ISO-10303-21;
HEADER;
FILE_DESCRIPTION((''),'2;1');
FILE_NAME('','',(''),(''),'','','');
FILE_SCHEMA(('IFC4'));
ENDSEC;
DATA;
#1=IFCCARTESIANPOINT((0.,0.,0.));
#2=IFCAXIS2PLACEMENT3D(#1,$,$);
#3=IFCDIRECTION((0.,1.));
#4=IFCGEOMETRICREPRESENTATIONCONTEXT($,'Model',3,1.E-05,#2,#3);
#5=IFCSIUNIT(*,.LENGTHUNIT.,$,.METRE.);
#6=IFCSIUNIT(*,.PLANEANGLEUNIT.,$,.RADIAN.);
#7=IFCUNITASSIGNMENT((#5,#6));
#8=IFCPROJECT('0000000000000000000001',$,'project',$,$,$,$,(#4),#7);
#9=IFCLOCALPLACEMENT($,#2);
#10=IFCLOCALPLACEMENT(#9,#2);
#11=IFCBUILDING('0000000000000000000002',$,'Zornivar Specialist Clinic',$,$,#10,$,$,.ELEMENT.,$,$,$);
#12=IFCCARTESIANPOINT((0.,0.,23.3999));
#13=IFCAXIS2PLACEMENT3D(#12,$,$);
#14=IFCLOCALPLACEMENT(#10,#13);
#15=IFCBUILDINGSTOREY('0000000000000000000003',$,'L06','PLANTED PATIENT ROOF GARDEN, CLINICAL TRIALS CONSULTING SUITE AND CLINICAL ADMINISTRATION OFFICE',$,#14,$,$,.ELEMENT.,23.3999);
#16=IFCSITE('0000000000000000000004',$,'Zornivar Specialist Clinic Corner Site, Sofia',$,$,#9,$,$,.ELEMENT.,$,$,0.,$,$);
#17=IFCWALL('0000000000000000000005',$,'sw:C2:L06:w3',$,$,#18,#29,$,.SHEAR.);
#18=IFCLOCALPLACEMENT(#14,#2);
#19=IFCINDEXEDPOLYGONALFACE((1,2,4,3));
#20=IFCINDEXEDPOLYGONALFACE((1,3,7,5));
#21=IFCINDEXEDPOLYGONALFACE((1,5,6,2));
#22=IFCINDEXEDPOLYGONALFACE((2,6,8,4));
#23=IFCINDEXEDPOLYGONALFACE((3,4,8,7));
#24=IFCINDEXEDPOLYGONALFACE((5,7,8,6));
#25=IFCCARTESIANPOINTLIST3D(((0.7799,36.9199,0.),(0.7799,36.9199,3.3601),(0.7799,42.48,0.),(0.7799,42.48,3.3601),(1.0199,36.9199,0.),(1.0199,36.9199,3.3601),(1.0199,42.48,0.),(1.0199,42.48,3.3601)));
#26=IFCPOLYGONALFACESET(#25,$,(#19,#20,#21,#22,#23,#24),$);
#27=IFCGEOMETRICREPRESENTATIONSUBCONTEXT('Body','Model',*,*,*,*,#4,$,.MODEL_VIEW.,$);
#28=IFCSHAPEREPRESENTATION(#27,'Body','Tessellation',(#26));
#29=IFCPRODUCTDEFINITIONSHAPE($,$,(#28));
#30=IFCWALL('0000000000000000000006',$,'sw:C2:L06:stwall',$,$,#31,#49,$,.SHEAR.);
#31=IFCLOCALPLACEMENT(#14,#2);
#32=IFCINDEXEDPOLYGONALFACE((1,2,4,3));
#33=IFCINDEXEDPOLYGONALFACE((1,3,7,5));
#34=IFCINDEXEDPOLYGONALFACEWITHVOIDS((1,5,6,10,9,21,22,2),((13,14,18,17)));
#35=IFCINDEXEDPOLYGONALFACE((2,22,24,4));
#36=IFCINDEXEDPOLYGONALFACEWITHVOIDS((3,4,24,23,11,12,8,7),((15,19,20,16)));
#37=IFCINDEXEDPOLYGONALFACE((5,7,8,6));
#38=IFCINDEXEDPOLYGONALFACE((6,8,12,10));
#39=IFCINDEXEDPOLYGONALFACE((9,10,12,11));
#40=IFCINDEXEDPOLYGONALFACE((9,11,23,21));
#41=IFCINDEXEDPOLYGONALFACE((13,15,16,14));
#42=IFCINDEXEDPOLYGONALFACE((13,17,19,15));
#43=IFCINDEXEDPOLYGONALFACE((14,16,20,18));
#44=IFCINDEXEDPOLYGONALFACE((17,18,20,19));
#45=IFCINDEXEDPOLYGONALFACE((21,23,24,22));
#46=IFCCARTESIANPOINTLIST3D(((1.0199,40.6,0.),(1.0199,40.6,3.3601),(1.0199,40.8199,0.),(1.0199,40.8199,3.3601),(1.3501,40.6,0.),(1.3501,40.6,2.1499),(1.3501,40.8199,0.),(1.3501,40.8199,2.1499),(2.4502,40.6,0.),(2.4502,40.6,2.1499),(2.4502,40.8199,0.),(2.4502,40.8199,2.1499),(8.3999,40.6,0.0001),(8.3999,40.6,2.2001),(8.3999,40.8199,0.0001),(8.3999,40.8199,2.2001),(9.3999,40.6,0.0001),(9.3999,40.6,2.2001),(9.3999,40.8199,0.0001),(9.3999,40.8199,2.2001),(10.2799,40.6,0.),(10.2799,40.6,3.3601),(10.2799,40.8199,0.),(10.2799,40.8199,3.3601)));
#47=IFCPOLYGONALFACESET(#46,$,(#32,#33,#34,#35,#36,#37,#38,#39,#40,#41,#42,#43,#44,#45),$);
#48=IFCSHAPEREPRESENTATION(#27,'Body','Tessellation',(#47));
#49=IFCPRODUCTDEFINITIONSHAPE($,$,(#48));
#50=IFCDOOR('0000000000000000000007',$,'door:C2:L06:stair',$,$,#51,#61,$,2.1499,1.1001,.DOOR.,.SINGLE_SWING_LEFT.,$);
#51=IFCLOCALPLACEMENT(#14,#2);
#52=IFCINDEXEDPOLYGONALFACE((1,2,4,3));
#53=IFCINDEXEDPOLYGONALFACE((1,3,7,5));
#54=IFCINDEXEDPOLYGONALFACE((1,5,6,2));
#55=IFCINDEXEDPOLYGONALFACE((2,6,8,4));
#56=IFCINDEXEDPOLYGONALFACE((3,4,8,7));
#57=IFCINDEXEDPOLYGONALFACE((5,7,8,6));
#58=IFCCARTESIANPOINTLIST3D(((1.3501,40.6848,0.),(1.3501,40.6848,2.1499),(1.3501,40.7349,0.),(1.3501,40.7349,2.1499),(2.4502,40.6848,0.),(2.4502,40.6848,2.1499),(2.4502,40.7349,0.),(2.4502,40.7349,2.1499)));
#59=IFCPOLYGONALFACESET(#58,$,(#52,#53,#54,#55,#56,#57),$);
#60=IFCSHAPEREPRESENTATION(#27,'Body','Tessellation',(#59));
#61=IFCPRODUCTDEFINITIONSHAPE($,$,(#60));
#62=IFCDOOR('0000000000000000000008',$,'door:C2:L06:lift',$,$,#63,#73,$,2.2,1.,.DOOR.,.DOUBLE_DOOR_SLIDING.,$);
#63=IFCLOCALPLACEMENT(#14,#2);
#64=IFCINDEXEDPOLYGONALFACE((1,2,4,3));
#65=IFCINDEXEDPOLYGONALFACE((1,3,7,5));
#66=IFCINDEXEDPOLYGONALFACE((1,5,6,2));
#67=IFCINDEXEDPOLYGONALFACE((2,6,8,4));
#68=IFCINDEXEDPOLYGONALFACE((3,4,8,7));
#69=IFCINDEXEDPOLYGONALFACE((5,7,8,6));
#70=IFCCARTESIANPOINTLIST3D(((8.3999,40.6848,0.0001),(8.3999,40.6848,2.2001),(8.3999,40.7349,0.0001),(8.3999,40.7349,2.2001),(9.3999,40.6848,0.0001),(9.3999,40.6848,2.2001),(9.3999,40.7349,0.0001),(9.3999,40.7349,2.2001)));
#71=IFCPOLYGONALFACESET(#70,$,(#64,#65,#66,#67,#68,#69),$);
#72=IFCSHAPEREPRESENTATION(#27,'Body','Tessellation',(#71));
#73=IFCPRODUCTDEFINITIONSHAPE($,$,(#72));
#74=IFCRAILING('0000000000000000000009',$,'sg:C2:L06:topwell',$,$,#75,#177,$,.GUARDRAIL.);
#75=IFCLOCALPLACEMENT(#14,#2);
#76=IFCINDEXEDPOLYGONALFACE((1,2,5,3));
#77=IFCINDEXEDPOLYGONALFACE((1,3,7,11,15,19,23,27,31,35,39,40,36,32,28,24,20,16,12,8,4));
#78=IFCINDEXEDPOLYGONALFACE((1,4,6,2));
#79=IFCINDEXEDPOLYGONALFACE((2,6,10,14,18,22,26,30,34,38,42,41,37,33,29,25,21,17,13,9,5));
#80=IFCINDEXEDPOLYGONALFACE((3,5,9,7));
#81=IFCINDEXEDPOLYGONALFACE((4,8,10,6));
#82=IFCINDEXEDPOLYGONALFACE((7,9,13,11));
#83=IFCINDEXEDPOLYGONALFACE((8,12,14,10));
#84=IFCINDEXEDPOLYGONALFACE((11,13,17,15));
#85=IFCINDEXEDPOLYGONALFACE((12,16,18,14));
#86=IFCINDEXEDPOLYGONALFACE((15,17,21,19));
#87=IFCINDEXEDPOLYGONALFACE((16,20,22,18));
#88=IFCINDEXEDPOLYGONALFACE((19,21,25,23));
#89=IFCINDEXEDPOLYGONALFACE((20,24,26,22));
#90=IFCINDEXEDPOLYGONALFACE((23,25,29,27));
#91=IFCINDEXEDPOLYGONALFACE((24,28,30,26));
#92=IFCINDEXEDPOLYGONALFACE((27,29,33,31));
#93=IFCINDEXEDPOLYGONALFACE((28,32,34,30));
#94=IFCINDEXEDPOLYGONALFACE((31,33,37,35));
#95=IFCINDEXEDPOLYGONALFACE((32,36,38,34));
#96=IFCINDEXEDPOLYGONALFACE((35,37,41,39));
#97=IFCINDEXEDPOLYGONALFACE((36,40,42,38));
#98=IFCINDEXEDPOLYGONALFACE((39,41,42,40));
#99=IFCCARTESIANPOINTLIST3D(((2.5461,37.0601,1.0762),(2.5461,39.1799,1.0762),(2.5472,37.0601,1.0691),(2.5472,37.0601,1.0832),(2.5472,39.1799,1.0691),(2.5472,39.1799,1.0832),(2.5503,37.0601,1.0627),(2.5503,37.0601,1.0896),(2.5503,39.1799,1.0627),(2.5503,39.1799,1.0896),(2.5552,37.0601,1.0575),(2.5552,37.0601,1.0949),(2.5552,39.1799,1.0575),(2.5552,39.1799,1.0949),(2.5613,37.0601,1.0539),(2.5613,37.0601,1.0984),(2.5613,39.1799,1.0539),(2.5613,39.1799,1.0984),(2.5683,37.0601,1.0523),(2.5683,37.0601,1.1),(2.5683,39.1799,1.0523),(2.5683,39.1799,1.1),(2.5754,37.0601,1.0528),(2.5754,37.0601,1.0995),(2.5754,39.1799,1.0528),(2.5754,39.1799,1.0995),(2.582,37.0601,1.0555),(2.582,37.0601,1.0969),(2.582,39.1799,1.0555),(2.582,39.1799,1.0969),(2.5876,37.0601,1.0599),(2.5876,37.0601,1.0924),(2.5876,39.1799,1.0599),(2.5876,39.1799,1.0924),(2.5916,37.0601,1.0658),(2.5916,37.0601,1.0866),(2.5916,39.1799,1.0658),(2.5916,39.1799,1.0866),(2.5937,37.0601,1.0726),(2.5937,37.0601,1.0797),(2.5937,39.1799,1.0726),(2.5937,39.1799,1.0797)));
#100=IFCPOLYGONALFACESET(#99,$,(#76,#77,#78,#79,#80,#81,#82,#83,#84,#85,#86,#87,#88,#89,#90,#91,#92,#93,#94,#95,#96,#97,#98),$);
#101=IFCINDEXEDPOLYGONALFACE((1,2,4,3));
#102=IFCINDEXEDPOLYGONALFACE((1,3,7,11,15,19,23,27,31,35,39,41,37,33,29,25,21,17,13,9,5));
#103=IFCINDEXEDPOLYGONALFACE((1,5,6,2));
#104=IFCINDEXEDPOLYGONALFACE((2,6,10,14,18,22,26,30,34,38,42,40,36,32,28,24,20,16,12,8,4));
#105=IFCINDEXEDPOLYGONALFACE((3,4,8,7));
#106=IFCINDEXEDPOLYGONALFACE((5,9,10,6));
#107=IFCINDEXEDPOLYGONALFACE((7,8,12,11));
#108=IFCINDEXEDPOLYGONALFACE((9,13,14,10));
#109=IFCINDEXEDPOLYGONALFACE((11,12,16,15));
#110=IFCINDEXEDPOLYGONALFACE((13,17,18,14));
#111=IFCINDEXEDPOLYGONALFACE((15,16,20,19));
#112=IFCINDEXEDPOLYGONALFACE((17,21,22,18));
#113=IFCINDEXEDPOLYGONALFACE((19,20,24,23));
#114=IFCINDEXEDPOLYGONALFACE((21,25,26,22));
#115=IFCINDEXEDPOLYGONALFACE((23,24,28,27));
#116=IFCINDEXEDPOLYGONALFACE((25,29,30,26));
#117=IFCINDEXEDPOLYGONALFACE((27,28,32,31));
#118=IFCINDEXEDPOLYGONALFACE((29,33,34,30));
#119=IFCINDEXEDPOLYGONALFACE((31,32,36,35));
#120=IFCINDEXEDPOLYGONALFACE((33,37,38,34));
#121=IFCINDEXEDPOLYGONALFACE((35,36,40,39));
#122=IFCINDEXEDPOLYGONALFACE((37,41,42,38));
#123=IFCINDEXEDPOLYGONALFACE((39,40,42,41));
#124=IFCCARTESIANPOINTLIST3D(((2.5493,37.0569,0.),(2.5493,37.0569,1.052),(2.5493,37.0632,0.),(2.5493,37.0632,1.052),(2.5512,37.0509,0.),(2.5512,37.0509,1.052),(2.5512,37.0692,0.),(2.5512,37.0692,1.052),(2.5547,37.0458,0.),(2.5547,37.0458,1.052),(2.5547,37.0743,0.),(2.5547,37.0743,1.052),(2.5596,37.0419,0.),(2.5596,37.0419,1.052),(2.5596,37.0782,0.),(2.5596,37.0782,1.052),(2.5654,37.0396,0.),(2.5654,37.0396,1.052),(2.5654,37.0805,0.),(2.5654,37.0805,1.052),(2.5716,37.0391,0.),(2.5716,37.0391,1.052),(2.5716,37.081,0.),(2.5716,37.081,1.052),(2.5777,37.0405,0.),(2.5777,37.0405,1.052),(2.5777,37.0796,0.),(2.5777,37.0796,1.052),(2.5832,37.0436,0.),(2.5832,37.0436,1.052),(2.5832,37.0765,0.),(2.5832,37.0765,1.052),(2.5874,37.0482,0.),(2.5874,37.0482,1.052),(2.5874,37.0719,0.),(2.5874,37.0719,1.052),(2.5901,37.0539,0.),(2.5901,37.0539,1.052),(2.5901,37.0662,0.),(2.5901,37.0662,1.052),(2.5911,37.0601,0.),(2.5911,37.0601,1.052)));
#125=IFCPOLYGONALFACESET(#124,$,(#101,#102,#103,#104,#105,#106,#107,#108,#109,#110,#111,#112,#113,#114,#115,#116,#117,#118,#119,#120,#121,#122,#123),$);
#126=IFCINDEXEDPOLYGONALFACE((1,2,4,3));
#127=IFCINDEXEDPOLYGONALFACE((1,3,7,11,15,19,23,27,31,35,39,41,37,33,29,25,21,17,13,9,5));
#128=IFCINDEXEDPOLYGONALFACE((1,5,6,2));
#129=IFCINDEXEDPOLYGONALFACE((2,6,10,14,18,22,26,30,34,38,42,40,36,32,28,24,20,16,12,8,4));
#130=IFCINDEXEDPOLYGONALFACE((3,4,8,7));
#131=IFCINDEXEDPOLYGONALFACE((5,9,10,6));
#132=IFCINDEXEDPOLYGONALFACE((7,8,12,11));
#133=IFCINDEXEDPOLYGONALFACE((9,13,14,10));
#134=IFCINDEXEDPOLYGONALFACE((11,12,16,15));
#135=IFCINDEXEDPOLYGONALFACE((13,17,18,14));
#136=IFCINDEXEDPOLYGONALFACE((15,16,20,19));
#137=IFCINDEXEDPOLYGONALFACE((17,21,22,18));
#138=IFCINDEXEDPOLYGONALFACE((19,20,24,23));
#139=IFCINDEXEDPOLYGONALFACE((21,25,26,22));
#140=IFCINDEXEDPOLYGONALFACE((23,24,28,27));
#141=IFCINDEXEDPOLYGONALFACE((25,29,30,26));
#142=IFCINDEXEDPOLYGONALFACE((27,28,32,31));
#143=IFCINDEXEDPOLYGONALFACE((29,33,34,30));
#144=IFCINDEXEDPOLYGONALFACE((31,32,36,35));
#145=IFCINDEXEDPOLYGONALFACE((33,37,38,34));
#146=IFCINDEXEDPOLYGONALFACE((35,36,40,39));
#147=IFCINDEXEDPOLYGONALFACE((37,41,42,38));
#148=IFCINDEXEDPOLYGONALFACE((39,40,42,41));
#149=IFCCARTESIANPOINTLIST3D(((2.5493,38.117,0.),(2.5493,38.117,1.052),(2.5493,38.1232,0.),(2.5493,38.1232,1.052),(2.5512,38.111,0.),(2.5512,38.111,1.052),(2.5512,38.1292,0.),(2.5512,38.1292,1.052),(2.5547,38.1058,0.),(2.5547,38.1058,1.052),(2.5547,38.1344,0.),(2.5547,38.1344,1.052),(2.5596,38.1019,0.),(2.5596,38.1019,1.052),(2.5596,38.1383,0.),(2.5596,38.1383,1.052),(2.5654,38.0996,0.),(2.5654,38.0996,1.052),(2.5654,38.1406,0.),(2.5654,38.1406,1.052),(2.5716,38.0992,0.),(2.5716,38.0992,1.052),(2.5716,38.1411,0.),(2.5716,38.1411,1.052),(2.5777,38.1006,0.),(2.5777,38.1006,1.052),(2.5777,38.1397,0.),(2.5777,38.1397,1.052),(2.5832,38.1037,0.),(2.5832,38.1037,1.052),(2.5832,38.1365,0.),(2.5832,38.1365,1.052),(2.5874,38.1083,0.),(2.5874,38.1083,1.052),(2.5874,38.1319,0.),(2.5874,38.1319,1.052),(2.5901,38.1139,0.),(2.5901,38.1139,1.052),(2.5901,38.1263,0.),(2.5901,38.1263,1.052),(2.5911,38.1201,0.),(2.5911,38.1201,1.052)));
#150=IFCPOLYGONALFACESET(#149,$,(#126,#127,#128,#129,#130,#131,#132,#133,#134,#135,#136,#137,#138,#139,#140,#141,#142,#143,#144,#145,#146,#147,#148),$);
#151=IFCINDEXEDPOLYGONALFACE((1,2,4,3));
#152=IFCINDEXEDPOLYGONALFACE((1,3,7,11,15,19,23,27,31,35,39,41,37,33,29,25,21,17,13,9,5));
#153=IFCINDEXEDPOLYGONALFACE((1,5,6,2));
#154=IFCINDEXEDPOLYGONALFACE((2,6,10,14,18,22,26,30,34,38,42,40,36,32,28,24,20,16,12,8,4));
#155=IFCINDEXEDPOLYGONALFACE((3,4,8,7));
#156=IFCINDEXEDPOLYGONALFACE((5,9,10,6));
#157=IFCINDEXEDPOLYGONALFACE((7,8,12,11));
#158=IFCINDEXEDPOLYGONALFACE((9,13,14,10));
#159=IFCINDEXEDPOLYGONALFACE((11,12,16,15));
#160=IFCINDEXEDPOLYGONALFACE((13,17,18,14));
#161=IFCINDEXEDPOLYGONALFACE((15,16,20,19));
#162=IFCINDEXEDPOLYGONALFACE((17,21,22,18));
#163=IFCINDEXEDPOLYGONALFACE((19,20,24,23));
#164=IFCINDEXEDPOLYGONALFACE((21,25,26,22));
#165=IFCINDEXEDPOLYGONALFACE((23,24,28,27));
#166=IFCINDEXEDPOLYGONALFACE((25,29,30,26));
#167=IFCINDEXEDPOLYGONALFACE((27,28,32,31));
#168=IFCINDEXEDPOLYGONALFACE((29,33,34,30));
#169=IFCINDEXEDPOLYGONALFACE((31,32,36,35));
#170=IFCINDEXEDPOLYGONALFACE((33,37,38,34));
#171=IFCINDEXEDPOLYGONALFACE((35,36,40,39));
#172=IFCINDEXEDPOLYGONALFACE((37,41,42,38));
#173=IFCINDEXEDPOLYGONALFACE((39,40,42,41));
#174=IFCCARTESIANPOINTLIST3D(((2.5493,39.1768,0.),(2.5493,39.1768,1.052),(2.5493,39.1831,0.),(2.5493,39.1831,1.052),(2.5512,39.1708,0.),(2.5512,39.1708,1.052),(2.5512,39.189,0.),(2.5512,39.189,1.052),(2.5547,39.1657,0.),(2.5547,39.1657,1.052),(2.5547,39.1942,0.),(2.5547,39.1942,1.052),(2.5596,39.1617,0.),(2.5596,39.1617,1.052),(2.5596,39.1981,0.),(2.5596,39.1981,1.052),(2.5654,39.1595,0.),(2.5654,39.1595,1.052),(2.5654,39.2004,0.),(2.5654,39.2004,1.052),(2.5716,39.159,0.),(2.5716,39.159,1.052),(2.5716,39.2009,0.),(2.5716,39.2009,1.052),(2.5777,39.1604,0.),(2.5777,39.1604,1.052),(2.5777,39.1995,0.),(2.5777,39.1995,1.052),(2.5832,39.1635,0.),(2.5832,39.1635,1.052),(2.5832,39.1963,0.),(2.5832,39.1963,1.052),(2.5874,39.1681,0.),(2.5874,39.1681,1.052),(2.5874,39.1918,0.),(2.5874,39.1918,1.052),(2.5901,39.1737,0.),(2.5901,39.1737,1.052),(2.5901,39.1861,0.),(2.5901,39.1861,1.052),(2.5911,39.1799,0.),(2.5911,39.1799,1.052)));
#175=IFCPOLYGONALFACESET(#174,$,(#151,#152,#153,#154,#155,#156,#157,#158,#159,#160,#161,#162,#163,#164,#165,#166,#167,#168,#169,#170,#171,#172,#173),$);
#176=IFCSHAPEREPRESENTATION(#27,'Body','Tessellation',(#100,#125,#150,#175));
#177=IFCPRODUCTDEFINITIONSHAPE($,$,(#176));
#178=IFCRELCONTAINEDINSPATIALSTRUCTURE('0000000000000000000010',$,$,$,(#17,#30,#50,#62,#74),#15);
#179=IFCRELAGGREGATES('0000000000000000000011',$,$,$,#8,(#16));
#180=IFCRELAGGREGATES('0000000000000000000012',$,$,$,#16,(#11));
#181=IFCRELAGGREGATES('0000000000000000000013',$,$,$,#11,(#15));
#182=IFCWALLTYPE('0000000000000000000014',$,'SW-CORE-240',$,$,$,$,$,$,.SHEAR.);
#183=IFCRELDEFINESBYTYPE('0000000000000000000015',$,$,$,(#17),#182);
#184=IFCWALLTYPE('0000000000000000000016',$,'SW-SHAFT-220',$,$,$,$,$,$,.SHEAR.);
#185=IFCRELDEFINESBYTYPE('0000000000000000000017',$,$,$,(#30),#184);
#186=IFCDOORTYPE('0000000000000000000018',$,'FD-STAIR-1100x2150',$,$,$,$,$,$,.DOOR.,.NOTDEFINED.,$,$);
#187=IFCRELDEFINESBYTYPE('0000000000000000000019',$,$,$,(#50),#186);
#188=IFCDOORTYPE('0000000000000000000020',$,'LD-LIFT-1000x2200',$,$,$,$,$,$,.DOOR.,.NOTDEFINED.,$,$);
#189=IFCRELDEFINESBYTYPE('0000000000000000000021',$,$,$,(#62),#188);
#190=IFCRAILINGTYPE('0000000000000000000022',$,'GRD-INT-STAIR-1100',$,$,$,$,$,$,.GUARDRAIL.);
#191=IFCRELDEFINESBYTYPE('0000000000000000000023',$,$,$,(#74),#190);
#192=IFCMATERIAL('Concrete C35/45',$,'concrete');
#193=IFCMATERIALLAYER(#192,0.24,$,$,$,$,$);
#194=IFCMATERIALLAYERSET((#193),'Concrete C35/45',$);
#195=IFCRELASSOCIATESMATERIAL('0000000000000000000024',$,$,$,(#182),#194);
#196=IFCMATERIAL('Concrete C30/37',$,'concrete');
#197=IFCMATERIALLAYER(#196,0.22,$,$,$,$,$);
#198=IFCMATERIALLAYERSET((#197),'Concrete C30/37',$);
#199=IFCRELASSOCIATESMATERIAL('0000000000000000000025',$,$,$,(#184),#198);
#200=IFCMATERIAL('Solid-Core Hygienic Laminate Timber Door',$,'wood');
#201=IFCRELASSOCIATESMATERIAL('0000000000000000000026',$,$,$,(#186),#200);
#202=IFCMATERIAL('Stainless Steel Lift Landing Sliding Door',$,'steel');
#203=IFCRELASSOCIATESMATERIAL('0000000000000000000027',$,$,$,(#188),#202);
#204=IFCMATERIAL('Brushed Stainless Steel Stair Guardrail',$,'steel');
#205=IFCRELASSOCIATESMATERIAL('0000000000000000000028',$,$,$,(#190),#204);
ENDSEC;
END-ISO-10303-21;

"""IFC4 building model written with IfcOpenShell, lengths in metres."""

from ifc_helpers import new_model, si_unit, direction, frame, frame_2d, origin, origin_2d, place, context, subcontext, project, spatial, rectangle, circle, extrude, material, layer, layer_set, type_object, element, fill, save


model = new_model("IFC4")

# Units and contexts
model_context = context("Model", 3, precision=1e-05, world=origin(), true_north=direction((0.0, 1.0)))
body_context = subcontext(model_context, "Body", "Model", "MODEL_VIEW")
ifc_project = project(units=[si_unit("LENGTHUNIT", "METRE"), si_unit("PLANEANGLEUNIT", "RADIAN")], contexts=[model_context])

# Site, building, storey
site_placement = place(None, origin())
site = spatial("IfcSite", under=ifc_project, at=site_placement, Name="Zornivar Specialist Clinic Corner Site, Sofia", CompositionType="ELEMENT", RefElevation=0.0)
building_placement = place(site_placement, origin())
building = spatial("IfcBuilding", under=site, at=building_placement, Name="Zornivar Specialist Clinic", CompositionType="ELEMENT")
storey_placement = place(building_placement, frame((0.0, 0.0, 23.3999)))
storey = spatial("IfcBuildingStorey", under=building, at=storey_placement, Name="L06", Description="PLANTED PATIENT ROOF GARDEN, CLINICAL TRIALS CONSULTING SUITE AND CLINICAL ADMINISTRATION OFFICE", CompositionType="ELEMENT", Elevation=23.3999)

# Wall
ifc_material_1 = material(Name="Concrete C35/45", Category="concrete")
ifc_layer_1 = layer(ifc_material_1, 0.24)
ifc_layer_set_1 = layer_set([ifc_layer_1], Name="Concrete C35/45")
wall_type_1 = type_object("IfcWallType", Name="SW-CORE-240", PredefinedType="SHEAR", material=ifc_layer_set_1)
wall_1_placement = place(storey_placement, frame((0.8999, 42.48, 0.0), z_axis=(0.0, 0.0, 1.0), x_axis=(0.0, -1.0, 0.0)))
element("IfcWall", 1, at=wall_1_placement, inside=storey, type_object=wall_type_1, Name="sw:C2:L06:w3", PredefinedType="SHEAR", context=body_context, shape_type="SweptSolid", body=[
    extrude(rectangle(XDim=5.5601, YDim=0.24, at=frame_2d((2.78, 0.0))), origin(), (0.0, 0.0, 1.0), 3.3601),
])

# Wall, openings, doors
ifc_material_2 = material(Name="Concrete C30/37", Category="concrete")
ifc_layer_2 = layer(ifc_material_2, 0.22)
ifc_layer_set_2 = layer_set([ifc_layer_2], Name="Concrete C30/37")
wall_type_2 = type_object("IfcWallType", Name="SW-SHAFT-220", PredefinedType="SHEAR", material=ifc_layer_set_2)
wall_2_placement = place(storey_placement, frame((1.02, 40.71, 0.0), z_axis=(0.0, 0.0, 1.0), x_axis=(1.0, 0.0, 0.0)))
wall_2 = element("IfcWall", 2, at=wall_2_placement, inside=storey, type_object=wall_type_2, Name="sw:C2:L06:stwall", PredefinedType="SHEAR", context=body_context, shape_type="SweptSolid", body=[
    extrude(rectangle(XDim=9.26, YDim=0.22, at=frame_2d((4.6299, 0.0))), origin(), (0.0, 0.0, 1.0), 3.3601),
])
opening_1_placement = place(wall_2_placement, frame((0.3301, 0.0, 0.0)))
opening_1 = element("IfcOpeningElement", 3, at=opening_1_placement, cuts=wall_2, PredefinedType="OPENING", context=body_context, shape_type="SweptSolid", body=[
    extrude(rectangle(XDim=1.1001, YDim=2.1499, at=frame_2d((0.55, 1.075))), frame((0.0, 0.1199, 0.0), z_axis=(0.0, -1.0, 0.0), x_axis=(1.0, 0.0, 0.0)), (0.0, 0.0, 1.0), 0.24),
])
opening_2_placement = place(wall_2_placement, frame((7.3799, 0.0, 0.0)))
opening_2 = element("IfcOpeningElement", 4, at=opening_2_placement, cuts=wall_2, PredefinedType="OPENING", context=body_context, shape_type="SweptSolid", body=[
    extrude(rectangle(XDim=1.0, YDim=2.2, at=frame_2d((0.5, 1.1001))), frame((0.0, 0.1199, 0.0), z_axis=(0.0, -1.0, 0.0), x_axis=(1.0, 0.0, 0.0)), (0.0, 0.0, 1.0), 0.24),
])
ifc_material_3 = material(Name="Solid-Core Hygienic Laminate Timber Door", Category="wood")
door_type_1 = type_object("IfcDoorType", Name="FD-STAIR-1100x2150", OperationType="NOTDEFINED", PredefinedType="DOOR", material=ifc_material_3)
door_1_placement = place(opening_1_placement, origin())
door_1 = element("IfcDoor", 5, at=door_1_placement, inside=storey, type_object=door_type_1, Name="door:C2:L06:stair", OperationType="SINGLE_SWING_LEFT", OverallHeight=2.1499, OverallWidth=1.1001, PredefinedType="DOOR", context=body_context, shape_type="SweptSolid", body=[
    extrude(rectangle(XDim=1.1001, YDim=2.1499, at=frame_2d((0.55, 1.075))), frame((0.0, 0.0249, 0.0), z_axis=(0.0, -1.0, 0.0), x_axis=(1.0, 0.0, 0.0)), (0.0, 0.0, 1.0), 0.05),
])
fill(opening_1, door_1)
ifc_material_4 = material(Name="Stainless Steel Lift Landing Sliding Door", Category="steel")
door_type_2 = type_object("IfcDoorType", Name="LD-LIFT-1000x2200", OperationType="NOTDEFINED", PredefinedType="DOOR", material=ifc_material_4)
door_2_placement = place(opening_2_placement, origin())
door_2 = element("IfcDoor", 6, at=door_2_placement, inside=storey, type_object=door_type_2, Name="door:C2:L06:lift", OperationType="DOUBLE_DOOR_SLIDING", OverallHeight=2.2, OverallWidth=1.0, PredefinedType="DOOR", context=body_context, shape_type="SweptSolid", body=[
    extrude(rectangle(XDim=1.0, YDim=2.2, at=frame_2d((0.5, 1.1001))), frame((0.0, 0.0249, 0.0), z_axis=(0.0, -1.0, 0.0), x_axis=(1.0, 0.0, 0.0)), (0.0, 0.0, 1.0), 0.05),
])
fill(opening_2, door_2)

# Railing
ifc_material_5 = material(Name="Brushed Stainless Steel Stair Guardrail", Category="steel")
railing_type_1 = type_object("IfcRailingType", Name="GRD-INT-STAIR-1100", PredefinedType="GUARDRAIL", material=ifc_material_5)
railing_1_placement = place(storey_placement, frame((2.5701, 37.0601, 0.0)))
element("IfcRailing", 7, at=railing_1_placement, inside=storey, type_object=railing_type_1, Name="sg:C2:L06:topwell", PredefinedType="GUARDRAIL", context=body_context, shape_type="SweptSolid", body=[
    extrude(circle(Radius=0.0239, at=origin_2d()), frame((0.0, 0.0, 1.0762), z_axis=(0.0, 1.0, 0.0), x_axis=(-1.0, 0.0, 0.0)), (0.0, 0.0, 1.0), 2.1199),
    extrude(circle(Radius=0.021, at=origin_2d()), origin(), (0.0, 0.0, 1.0), 1.052),
    extrude(circle(Radius=0.021, at=origin_2d()), frame((0.0, 1.0601, 0.0)), (0.0, 0.0, 1.0), 1.052),
    extrude(circle(Radius=0.021, at=origin_2d()), frame((0.0, 2.1199, 0.0)), (0.0, 0.0, 1.0), 1.052),
])

save(model, "model.ifc")
